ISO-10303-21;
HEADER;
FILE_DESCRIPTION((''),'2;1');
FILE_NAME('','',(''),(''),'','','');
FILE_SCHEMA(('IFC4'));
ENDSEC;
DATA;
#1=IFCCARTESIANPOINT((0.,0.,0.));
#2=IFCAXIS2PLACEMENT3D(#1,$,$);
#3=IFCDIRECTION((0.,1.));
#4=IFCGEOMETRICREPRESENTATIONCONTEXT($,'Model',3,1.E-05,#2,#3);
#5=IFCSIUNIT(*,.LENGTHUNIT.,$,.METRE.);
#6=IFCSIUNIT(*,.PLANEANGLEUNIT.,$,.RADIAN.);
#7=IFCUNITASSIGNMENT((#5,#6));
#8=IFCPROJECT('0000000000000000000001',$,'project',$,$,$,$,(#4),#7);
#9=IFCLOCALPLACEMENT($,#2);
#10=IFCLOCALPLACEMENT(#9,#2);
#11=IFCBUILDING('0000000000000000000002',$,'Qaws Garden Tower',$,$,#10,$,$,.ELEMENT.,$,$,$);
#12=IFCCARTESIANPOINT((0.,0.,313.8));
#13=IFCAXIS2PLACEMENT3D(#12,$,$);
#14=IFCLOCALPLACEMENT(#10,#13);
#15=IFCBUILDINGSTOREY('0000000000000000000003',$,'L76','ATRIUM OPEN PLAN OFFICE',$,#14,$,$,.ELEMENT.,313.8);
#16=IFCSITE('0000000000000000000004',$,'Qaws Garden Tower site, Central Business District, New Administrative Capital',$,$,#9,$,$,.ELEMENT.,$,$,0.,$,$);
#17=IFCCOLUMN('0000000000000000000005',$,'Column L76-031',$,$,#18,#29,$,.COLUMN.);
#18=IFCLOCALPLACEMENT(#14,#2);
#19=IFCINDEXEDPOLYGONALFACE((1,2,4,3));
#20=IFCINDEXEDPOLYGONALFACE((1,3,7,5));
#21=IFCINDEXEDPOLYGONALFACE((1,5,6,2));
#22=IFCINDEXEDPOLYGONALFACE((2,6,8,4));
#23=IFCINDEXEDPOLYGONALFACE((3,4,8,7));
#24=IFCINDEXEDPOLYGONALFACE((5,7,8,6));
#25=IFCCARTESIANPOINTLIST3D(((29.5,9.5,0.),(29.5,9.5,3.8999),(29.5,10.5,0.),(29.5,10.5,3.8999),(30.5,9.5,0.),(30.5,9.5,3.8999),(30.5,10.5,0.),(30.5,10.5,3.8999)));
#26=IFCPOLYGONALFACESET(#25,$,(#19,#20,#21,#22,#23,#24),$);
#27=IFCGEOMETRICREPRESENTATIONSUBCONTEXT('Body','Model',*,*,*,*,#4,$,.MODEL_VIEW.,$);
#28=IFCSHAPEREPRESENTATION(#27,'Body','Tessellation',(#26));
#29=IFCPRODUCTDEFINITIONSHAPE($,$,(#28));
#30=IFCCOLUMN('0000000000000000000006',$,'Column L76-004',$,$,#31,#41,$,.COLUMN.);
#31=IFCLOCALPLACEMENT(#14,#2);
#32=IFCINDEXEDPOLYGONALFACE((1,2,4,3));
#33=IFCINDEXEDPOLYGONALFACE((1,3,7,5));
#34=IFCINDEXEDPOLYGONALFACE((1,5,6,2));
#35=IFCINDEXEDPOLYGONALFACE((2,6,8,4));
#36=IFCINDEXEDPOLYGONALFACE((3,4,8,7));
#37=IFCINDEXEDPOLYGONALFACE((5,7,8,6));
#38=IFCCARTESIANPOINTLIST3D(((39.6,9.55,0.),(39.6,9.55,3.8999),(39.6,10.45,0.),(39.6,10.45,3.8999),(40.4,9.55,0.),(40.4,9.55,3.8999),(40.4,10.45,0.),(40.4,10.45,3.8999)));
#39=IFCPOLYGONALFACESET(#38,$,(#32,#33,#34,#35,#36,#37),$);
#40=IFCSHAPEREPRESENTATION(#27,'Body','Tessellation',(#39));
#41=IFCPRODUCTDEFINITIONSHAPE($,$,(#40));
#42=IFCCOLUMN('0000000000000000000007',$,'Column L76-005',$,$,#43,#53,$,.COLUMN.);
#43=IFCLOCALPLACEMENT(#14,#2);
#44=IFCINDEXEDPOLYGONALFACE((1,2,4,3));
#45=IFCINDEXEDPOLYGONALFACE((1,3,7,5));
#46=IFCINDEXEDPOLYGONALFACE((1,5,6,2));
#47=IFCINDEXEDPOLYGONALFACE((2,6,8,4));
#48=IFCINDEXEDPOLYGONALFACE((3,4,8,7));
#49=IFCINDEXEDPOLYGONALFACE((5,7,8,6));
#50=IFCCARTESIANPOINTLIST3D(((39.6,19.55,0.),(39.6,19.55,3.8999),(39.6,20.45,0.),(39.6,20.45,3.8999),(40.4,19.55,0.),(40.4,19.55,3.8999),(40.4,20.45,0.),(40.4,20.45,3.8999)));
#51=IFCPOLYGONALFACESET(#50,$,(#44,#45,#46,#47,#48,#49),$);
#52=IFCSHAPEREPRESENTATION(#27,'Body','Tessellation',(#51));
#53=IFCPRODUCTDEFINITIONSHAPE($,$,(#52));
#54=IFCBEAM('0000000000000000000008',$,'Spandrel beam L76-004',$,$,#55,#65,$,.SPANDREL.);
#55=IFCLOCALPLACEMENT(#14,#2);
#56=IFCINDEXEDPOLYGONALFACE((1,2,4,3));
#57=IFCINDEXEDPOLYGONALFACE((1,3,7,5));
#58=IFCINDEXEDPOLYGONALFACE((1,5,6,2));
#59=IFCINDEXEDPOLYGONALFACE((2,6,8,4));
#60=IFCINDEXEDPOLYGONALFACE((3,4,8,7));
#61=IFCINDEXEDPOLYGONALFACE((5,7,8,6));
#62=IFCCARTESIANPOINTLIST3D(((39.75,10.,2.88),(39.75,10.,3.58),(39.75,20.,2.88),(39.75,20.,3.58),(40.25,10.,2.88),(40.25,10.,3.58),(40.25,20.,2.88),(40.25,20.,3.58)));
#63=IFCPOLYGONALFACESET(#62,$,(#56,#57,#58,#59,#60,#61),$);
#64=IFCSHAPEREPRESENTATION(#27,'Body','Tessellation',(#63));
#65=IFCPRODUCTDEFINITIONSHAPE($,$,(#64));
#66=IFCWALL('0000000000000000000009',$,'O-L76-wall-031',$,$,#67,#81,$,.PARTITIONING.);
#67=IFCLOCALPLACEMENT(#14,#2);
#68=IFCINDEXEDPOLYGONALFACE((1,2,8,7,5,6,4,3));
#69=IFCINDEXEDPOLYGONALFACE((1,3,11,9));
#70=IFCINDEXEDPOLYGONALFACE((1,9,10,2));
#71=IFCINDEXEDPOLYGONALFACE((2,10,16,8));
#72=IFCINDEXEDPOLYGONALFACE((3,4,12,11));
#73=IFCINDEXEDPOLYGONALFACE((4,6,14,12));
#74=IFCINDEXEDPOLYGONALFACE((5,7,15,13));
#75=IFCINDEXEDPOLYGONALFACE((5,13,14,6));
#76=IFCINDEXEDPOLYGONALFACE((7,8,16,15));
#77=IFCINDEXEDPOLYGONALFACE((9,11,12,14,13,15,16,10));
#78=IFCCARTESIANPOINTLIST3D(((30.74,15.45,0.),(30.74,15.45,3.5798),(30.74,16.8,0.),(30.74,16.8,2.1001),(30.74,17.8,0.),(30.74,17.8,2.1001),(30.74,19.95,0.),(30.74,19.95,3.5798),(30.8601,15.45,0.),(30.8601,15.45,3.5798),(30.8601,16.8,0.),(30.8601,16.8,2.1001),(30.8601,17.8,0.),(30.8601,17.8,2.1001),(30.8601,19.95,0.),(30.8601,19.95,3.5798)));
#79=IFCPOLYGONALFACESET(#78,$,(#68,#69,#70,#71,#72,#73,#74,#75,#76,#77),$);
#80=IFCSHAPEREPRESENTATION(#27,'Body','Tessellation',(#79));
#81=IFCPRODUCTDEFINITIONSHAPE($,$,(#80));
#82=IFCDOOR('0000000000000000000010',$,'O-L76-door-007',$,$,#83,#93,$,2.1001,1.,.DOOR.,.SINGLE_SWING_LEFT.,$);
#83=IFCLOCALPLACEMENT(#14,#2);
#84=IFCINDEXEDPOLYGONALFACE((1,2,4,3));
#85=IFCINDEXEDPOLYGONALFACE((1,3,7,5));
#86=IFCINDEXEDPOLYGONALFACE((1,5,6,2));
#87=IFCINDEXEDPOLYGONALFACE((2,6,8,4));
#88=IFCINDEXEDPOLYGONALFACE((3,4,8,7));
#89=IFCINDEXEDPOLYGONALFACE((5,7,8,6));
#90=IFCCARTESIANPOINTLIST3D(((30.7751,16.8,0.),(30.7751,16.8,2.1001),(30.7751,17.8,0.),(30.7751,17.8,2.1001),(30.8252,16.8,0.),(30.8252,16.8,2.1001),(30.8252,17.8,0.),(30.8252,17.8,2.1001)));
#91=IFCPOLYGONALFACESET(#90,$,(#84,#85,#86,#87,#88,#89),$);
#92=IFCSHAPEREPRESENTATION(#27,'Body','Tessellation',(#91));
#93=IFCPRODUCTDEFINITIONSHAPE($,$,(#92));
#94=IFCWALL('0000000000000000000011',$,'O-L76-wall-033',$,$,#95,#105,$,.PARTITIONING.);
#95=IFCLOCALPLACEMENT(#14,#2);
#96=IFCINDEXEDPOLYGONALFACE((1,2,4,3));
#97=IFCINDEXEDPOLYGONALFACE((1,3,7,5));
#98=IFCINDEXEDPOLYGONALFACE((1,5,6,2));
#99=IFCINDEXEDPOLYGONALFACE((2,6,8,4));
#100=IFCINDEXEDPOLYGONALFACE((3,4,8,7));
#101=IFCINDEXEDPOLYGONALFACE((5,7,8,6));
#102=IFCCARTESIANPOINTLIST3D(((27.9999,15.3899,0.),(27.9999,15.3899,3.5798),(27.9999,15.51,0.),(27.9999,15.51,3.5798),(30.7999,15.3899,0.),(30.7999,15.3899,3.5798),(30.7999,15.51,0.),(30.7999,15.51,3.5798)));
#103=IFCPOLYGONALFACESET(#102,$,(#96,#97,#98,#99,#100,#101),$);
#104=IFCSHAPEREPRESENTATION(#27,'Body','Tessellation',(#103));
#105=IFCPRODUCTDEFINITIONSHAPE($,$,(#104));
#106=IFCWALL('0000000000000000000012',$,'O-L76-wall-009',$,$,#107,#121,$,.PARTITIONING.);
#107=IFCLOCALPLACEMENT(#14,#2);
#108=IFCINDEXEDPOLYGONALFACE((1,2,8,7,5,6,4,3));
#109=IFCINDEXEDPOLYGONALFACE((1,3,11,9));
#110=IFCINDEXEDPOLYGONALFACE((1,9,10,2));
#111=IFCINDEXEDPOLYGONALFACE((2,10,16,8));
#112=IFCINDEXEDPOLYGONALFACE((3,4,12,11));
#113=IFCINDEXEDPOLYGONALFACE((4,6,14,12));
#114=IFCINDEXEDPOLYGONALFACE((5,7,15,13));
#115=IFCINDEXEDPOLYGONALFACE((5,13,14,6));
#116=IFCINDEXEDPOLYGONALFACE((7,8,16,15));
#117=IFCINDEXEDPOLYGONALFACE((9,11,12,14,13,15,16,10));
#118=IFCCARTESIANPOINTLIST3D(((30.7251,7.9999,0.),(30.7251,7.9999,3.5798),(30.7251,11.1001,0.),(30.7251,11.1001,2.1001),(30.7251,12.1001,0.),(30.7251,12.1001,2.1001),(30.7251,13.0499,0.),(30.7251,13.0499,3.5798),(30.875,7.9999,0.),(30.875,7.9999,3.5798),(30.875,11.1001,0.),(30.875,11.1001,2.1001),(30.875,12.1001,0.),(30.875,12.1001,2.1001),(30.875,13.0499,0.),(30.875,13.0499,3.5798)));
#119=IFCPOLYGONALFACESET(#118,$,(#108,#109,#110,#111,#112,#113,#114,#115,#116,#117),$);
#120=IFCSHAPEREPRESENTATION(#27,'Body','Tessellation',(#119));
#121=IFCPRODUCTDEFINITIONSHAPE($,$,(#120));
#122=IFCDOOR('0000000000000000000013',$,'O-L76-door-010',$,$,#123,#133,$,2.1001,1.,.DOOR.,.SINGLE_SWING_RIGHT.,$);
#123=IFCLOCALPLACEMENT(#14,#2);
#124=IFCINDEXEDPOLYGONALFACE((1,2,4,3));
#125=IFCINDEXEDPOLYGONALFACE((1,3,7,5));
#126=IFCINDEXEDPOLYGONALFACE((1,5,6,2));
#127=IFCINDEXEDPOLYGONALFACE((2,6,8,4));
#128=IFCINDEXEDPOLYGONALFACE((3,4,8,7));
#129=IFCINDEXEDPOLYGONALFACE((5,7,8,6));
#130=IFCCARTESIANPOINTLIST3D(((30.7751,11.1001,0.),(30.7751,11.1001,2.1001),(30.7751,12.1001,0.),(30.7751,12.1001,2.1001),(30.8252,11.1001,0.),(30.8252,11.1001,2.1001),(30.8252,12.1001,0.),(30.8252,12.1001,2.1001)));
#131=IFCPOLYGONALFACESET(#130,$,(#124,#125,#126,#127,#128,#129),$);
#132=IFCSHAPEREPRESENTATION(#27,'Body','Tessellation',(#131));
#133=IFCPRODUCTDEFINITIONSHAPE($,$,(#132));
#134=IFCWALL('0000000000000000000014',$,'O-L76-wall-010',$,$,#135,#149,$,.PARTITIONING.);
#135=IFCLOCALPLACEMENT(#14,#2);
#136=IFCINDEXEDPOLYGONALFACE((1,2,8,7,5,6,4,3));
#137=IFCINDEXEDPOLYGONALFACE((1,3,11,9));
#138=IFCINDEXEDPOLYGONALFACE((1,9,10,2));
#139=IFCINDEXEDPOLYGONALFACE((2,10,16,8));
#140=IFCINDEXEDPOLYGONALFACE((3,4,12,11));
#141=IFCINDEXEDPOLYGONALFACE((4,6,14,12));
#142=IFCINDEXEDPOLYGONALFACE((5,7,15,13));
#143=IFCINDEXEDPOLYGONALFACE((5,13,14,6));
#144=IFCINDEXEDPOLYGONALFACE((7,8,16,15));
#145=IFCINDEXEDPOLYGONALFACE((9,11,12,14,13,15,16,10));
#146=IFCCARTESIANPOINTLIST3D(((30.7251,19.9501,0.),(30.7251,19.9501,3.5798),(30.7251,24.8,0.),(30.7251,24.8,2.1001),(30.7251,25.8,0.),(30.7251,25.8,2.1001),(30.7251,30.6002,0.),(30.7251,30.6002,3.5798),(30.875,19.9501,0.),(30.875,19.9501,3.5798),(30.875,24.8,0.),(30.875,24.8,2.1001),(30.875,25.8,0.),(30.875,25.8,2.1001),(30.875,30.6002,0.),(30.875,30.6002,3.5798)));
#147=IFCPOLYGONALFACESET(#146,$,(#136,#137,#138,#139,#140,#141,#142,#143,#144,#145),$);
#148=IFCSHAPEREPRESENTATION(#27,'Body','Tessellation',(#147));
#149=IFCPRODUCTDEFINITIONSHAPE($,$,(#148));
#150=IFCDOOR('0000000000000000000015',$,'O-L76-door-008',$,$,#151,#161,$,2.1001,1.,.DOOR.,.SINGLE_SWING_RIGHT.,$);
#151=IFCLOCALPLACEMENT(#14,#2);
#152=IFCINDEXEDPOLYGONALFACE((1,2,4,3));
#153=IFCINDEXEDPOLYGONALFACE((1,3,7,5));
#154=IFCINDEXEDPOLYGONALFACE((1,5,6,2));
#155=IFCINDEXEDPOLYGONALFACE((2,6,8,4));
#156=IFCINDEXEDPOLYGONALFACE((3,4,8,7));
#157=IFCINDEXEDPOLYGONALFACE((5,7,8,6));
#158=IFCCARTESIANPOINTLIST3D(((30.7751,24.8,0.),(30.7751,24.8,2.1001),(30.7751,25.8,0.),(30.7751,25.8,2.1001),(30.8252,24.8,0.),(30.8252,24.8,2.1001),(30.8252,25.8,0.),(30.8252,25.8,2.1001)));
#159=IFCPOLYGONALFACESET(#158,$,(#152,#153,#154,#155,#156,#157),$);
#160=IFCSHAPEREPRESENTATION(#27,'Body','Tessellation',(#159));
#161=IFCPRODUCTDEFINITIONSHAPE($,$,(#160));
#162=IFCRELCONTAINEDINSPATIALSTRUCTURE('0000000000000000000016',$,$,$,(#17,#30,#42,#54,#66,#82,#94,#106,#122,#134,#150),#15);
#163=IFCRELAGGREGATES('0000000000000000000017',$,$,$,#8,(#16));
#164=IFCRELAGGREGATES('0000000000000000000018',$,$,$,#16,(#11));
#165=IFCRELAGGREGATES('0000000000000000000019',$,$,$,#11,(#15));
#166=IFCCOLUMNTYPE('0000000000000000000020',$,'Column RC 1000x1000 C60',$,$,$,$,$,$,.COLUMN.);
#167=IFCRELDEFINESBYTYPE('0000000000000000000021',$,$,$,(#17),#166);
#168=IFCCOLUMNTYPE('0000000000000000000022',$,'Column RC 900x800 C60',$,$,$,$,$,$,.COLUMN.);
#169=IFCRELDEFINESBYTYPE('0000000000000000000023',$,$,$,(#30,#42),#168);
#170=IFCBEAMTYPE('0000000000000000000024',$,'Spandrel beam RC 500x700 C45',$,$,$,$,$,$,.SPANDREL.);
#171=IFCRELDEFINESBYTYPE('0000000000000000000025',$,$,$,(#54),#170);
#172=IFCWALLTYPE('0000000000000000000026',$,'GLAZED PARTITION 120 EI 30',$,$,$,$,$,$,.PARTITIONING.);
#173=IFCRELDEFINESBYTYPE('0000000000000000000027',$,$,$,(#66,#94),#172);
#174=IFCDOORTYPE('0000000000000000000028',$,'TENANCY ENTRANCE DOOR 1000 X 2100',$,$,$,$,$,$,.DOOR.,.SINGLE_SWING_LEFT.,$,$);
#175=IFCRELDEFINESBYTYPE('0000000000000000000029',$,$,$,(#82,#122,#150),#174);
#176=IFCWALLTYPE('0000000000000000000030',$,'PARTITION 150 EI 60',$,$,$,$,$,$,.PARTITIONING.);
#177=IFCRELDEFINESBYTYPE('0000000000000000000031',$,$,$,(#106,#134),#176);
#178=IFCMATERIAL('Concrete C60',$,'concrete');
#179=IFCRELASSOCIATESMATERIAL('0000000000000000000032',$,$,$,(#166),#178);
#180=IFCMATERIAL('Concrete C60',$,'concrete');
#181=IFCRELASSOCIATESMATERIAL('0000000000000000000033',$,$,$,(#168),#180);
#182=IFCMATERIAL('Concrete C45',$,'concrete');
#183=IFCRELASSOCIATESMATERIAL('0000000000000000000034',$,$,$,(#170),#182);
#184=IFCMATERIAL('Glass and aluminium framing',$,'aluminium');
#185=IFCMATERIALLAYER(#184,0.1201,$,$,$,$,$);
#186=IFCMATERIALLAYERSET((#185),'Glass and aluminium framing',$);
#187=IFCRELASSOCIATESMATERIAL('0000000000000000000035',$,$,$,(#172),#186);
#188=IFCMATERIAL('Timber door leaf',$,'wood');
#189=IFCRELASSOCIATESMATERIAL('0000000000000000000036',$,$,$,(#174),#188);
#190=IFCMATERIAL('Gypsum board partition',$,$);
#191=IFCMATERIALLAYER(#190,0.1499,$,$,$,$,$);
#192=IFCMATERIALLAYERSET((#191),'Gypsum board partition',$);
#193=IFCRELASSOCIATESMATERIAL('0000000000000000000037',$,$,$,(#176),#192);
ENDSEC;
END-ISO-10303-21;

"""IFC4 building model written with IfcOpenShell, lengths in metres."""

from ifc_helpers import new_model, si_unit, direction, frame, frame_2d, origin, origin_2d, place, context, subcontext, project, spatial, rectangle, extrude, material, layer, layer_set, material_profile, profile_set, type_object, element, fill, save


model = new_model("IFC4")

# Units and contexts
model_context = context("Model", 3, precision=1e-05, world=origin(), true_north=direction((0.0, 1.0)))
body_context = subcontext(model_context, "Body", "Model", "MODEL_VIEW")
ifc_project = project(units=[si_unit("LENGTHUNIT", "METRE"), si_unit("PLANEANGLEUNIT", "RADIAN")], contexts=[model_context])

# Site, building, storey
site_placement = place(None, origin())
site = spatial("IfcSite", under=ifc_project, at=site_placement, Name="Qaws Garden Tower site, Central Business District, New Administrative Capital", CompositionType="ELEMENT", RefElevation=0.0)
building_placement = place(site_placement, origin())
building = spatial("IfcBuilding", under=site, at=building_placement, Name="Qaws Garden Tower", CompositionType="ELEMENT")
storey_placement = place(building_placement, frame((0.0, 0.0, 313.8)))
storey = spatial("IfcBuildingStorey", under=building, at=storey_placement, Name="L76", Description="ATRIUM OPEN PLAN OFFICE", CompositionType="ELEMENT", Elevation=313.8)

# Columns
ifc_material_1 = material(Name="Concrete C60", Category="concrete")
ifc_material_profile_1 = material_profile(ifc_material_1, rectangle(XDim=1.0, YDim=1.0, at=origin_2d()), Name="RC 1000x1000")
ifc_profile_set_1 = profile_set([ifc_material_profile_1], Name="Concrete C60")
column_type_1 = type_object("IfcColumnType", Name="Column RC 1000x1000 C60", PredefinedType="COLUMN", material=ifc_profile_set_1)
column_placement = place(storey_placement, frame((30.0, 10.0, 0.0), z_axis=(0.0, 0.0, 1.0), x_axis=(1.0, 0.0, 0.0)))
element("IfcColumn", 1, at=column_placement, inside=storey, type_object=column_type_1, Name="Column L76-031", PredefinedType="COLUMN", context=body_context, shape_type="SweptSolid", body=[
    extrude(rectangle(XDim=1.0, YDim=1.0, at=origin_2d()), origin(), (0.0, 0.0, 1.0), 3.8999),
])
ifc_material_2 = material(Name="Concrete C60", Category="concrete")
ifc_material_profile_2 = material_profile(ifc_material_2, rectangle(XDim=0.8999, YDim=0.8, at=origin_2d()), Name="RC 900x800")
ifc_profile_set_2 = profile_set([ifc_material_profile_2], Name="Concrete C60")
column_type_2 = type_object("IfcColumnType", Name="Column RC 900x800 C60", PredefinedType="COLUMN", material=ifc_profile_set_2)
for number, where, z_axis, x_axis, name in (
    (2, (40.0, 10.0, 0.0), (0.0, 0.0, 1.0), (0.0, 1.0, 0.0), "Column L76-004"),
    (3, (40.0, 20.0, 0.0), (0.0, 0.0, 1.0), (0.0, 1.0, 0.0), "Column L76-005"),
):
    element("IfcColumn", number, at=place(storey_placement, frame(where, z_axis=z_axis, x_axis=x_axis)), inside=storey, type_object=column_type_2, Name=name, PredefinedType="COLUMN", context=body_context, shape_type="SweptSolid", body=[
        extrude(rectangle(XDim=0.8999, YDim=0.8, at=origin_2d()), origin(), (0.0, 0.0, 1.0), 3.8999),
    ])

# Beam
ifc_material_3 = material(Name="Concrete C45", Category="concrete")
ifc_material_profile_3 = material_profile(ifc_material_3, rectangle(XDim=0.5, YDim=0.7, at=origin_2d()), Name="RC 500x700")
ifc_profile_set_3 = profile_set([ifc_material_profile_3], Name="Concrete C45")
beam_type = type_object("IfcBeamType", Name="Spandrel beam RC 500x700 C45", PredefinedType="SPANDREL", material=ifc_profile_set_3)
beam_placement = place(storey_placement, frame((40.0, 10.0, 3.23), z_axis=(0.0, 1.0, 0.0), x_axis=(-1.0, 0.0, 0.0)))
element("IfcBeam", 4, at=beam_placement, inside=storey, type_object=beam_type, Name="Spandrel beam L76-004", PredefinedType="SPANDREL", context=body_context, shape_type="SweptSolid", body=[
    extrude(rectangle(XDim=0.5, YDim=0.7, at=origin_2d()), origin(), (0.0, 0.0, 1.0), 10.0),
])

# Wall, opening, door
ifc_material_4 = material(Name="Glass and aluminium framing", Category="aluminium")
ifc_layer_1 = layer(ifc_material_4, 0.1201)
ifc_layer_set_1 = layer_set([ifc_layer_1], Name="Glass and aluminium framing")
wall_type_1 = type_object("IfcWallType", Name="GLAZED PARTITION 120 EI 30", PredefinedType="PARTITIONING", material=ifc_layer_set_1)
wall_1_placement = place(storey_placement, frame((30.8, 15.45, 0.0), z_axis=(0.0, 0.0, 1.0), x_axis=(0.0, 1.0, 0.0)))
wall_1 = element("IfcWall", 5, at=wall_1_placement, inside=storey, type_object=wall_type_1, Name="O-L76-wall-031", PredefinedType="PARTITIONING", context=body_context, shape_type="SweptSolid", body=[
    extrude(rectangle(XDim=4.5, YDim=0.1201, at=frame_2d((2.25, 0.0))), origin(), (0.0, 0.0, 1.0), 3.5798),
])
opening_1_placement = place(wall_1_placement, frame((1.3501, 0.0, 0.0)))
opening_1 = element("IfcOpeningElement", 6, at=opening_1_placement, cuts=wall_1, PredefinedType="OPENING", context=body_context, shape_type="SweptSolid", body=[
    extrude(rectangle(XDim=1.0, YDim=2.1001, at=frame_2d((0.5, 1.05))), frame((0.0, 0.0701, 0.0), z_axis=(0.0, -1.0, 0.0), x_axis=(1.0, 0.0, 0.0)), (0.0, 0.0, 1.0), 0.1401),
])
ifc_material_5 = material(Name="Timber door leaf", Category="wood")
door_type_1 = type_object("IfcDoorType", Name="TENANCY ENTRANCE DOOR 1000 X 2100", OperationType="SINGLE_SWING_LEFT", PredefinedType="DOOR", material=ifc_material_5)
door_1_placement = place(opening_1_placement, origin())
door_1 = element("IfcDoor", 7, at=door_1_placement, inside=storey, type_object=door_type_1, Name="O-L76-door-007", OperationType="SINGLE_SWING_LEFT", OverallHeight=2.1001, OverallWidth=1.0, PredefinedType="DOOR", context=body_context, shape_type="SweptSolid", body=[
    extrude(rectangle(XDim=1.0, YDim=2.1001, at=frame_2d((0.5, 1.05))), frame((0.0, 0.0249, 0.0), z_axis=(0.0, -1.0, 0.0), x_axis=(1.0, 0.0, 0.0)), (0.0, 0.0, 1.0), 0.05),
])
fill(opening_1, door_1)

# Wall
wall_2_placement = place(storey_placement, frame((28.0, 15.45, 0.0), z_axis=(0.0, 0.0, 1.0), x_axis=(1.0, 0.0, 0.0)))
element("IfcWall", 8, at=wall_2_placement, inside=storey, type_object=wall_type_1, Name="O-L76-wall-033", PredefinedType="PARTITIONING", context=body_context, shape_type="SweptSolid", body=[
    extrude(rectangle(XDim=2.8, YDim=0.1201, at=frame_2d((1.3999, 0.0))), origin(), (0.0, 0.0, 1.0), 3.5798),
])

# Walls, openings, doors
ifc_material_6 = material(Name="Gypsum board partition")
ifc_layer_2 = layer(ifc_material_6, 0.1499)
ifc_layer_set_2 = layer_set([ifc_layer_2], Name="Gypsum board partition")
wall_type_2 = type_object("IfcWallType", Name="PARTITION 150 EI 60", PredefinedType="PARTITIONING", material=ifc_layer_set_2)
wall_3_placement = place(storey_placement, frame((30.8, 8.0, 0.0), z_axis=(0.0, 0.0, 1.0), x_axis=(0.0, 1.0, 0.0)))
wall_3 = element("IfcWall", 9, at=wall_3_placement, inside=storey, type_object=wall_type_2, Name="O-L76-wall-009", PredefinedType="PARTITIONING", context=body_context, shape_type="SweptSolid", body=[
    extrude(rectangle(XDim=5.05, YDim=0.1499, at=frame_2d((2.5249, 0.0))), origin(), (0.0, 0.0, 1.0), 3.5798),
])
opening_2_placement = place(wall_3_placement, frame((3.1001, 0.0, 0.0)))
opening_2 = element("IfcOpeningElement", 10, at=opening_2_placement, cuts=wall_3, PredefinedType="OPENING", context=body_context, shape_type="SweptSolid", body=[
    extrude(rectangle(XDim=1.0, YDim=2.1001, at=frame_2d((0.5, 1.05))), frame((0.0, 0.085, 0.0), z_axis=(0.0, -1.0, 0.0), x_axis=(1.0, 0.0, 0.0)), (0.0, 0.0, 1.0), 0.1699),
])
door_2_placement = place(opening_2_placement, origin())
door_2 = element("IfcDoor", 11, at=door_2_placement, inside=storey, type_object=door_type_1, Name="O-L76-door-010", OperationType="SINGLE_SWING_RIGHT", OverallHeight=2.1001, OverallWidth=1.0, PredefinedType="DOOR", context=body_context, shape_type="SweptSolid", body=[
    extrude(rectangle(XDim=1.0, YDim=2.1001, at=frame_2d((0.5, 1.05))), frame((0.0, 0.0249, 0.0), z_axis=(0.0, -1.0, 0.0), x_axis=(1.0, 0.0, 0.0)), (0.0, 0.0, 1.0), 0.05),
])
fill(opening_2, door_2)
wall_4_placement = place(storey_placement, frame((30.8, 19.95, 0.0), z_axis=(0.0, 0.0, 1.0), x_axis=(0.0, 1.0, 0.0)))
wall_4 = element("IfcWall", 12, at=wall_4_placement, inside=storey, type_object=wall_type_2, Name="O-L76-wall-010", PredefinedType="PARTITIONING", context=body_context, shape_type="SweptSolid", body=[
    extrude(rectangle(XDim=10.6501, YDim=0.1499, at=frame_2d((5.3252, 0.0))), origin(), (0.0, 0.0, 1.0), 3.5798),
])
opening_3_placement = place(wall_4_placement, frame((4.8501, 0.0, 0.0)))
opening_3 = element("IfcOpeningElement", 13, at=opening_3_placement, cuts=wall_4, PredefinedType="OPENING", context=body_context, shape_type="SweptSolid", body=[
    extrude(rectangle(XDim=1.0, YDim=2.1001, at=frame_2d((0.5, 1.05))), frame((0.0, 0.085, 0.0), z_axis=(0.0, -1.0, 0.0), x_axis=(1.0, 0.0, 0.0)), (0.0, 0.0, 1.0), 0.1699),
])
door_3_placement = place(opening_3_placement, origin())
door_3 = element("IfcDoor", 14, at=door_3_placement, inside=storey, type_object=door_type_1, Name="O-L76-door-008", OperationType="SINGLE_SWING_RIGHT", OverallHeight=2.1001, OverallWidth=1.0, PredefinedType="DOOR", context=body_context, shape_type="SweptSolid", body=[
    extrude(rectangle(XDim=1.0, YDim=2.1001, at=frame_2d((0.5, 1.05))), frame((0.0, 0.0249, 0.0), z_axis=(0.0, -1.0, 0.0), x_axis=(1.0, 0.0, 0.0)), (0.0, 0.0, 1.0), 0.05),
])
fill(opening_3, door_3)

save(model, "model.ifc")
